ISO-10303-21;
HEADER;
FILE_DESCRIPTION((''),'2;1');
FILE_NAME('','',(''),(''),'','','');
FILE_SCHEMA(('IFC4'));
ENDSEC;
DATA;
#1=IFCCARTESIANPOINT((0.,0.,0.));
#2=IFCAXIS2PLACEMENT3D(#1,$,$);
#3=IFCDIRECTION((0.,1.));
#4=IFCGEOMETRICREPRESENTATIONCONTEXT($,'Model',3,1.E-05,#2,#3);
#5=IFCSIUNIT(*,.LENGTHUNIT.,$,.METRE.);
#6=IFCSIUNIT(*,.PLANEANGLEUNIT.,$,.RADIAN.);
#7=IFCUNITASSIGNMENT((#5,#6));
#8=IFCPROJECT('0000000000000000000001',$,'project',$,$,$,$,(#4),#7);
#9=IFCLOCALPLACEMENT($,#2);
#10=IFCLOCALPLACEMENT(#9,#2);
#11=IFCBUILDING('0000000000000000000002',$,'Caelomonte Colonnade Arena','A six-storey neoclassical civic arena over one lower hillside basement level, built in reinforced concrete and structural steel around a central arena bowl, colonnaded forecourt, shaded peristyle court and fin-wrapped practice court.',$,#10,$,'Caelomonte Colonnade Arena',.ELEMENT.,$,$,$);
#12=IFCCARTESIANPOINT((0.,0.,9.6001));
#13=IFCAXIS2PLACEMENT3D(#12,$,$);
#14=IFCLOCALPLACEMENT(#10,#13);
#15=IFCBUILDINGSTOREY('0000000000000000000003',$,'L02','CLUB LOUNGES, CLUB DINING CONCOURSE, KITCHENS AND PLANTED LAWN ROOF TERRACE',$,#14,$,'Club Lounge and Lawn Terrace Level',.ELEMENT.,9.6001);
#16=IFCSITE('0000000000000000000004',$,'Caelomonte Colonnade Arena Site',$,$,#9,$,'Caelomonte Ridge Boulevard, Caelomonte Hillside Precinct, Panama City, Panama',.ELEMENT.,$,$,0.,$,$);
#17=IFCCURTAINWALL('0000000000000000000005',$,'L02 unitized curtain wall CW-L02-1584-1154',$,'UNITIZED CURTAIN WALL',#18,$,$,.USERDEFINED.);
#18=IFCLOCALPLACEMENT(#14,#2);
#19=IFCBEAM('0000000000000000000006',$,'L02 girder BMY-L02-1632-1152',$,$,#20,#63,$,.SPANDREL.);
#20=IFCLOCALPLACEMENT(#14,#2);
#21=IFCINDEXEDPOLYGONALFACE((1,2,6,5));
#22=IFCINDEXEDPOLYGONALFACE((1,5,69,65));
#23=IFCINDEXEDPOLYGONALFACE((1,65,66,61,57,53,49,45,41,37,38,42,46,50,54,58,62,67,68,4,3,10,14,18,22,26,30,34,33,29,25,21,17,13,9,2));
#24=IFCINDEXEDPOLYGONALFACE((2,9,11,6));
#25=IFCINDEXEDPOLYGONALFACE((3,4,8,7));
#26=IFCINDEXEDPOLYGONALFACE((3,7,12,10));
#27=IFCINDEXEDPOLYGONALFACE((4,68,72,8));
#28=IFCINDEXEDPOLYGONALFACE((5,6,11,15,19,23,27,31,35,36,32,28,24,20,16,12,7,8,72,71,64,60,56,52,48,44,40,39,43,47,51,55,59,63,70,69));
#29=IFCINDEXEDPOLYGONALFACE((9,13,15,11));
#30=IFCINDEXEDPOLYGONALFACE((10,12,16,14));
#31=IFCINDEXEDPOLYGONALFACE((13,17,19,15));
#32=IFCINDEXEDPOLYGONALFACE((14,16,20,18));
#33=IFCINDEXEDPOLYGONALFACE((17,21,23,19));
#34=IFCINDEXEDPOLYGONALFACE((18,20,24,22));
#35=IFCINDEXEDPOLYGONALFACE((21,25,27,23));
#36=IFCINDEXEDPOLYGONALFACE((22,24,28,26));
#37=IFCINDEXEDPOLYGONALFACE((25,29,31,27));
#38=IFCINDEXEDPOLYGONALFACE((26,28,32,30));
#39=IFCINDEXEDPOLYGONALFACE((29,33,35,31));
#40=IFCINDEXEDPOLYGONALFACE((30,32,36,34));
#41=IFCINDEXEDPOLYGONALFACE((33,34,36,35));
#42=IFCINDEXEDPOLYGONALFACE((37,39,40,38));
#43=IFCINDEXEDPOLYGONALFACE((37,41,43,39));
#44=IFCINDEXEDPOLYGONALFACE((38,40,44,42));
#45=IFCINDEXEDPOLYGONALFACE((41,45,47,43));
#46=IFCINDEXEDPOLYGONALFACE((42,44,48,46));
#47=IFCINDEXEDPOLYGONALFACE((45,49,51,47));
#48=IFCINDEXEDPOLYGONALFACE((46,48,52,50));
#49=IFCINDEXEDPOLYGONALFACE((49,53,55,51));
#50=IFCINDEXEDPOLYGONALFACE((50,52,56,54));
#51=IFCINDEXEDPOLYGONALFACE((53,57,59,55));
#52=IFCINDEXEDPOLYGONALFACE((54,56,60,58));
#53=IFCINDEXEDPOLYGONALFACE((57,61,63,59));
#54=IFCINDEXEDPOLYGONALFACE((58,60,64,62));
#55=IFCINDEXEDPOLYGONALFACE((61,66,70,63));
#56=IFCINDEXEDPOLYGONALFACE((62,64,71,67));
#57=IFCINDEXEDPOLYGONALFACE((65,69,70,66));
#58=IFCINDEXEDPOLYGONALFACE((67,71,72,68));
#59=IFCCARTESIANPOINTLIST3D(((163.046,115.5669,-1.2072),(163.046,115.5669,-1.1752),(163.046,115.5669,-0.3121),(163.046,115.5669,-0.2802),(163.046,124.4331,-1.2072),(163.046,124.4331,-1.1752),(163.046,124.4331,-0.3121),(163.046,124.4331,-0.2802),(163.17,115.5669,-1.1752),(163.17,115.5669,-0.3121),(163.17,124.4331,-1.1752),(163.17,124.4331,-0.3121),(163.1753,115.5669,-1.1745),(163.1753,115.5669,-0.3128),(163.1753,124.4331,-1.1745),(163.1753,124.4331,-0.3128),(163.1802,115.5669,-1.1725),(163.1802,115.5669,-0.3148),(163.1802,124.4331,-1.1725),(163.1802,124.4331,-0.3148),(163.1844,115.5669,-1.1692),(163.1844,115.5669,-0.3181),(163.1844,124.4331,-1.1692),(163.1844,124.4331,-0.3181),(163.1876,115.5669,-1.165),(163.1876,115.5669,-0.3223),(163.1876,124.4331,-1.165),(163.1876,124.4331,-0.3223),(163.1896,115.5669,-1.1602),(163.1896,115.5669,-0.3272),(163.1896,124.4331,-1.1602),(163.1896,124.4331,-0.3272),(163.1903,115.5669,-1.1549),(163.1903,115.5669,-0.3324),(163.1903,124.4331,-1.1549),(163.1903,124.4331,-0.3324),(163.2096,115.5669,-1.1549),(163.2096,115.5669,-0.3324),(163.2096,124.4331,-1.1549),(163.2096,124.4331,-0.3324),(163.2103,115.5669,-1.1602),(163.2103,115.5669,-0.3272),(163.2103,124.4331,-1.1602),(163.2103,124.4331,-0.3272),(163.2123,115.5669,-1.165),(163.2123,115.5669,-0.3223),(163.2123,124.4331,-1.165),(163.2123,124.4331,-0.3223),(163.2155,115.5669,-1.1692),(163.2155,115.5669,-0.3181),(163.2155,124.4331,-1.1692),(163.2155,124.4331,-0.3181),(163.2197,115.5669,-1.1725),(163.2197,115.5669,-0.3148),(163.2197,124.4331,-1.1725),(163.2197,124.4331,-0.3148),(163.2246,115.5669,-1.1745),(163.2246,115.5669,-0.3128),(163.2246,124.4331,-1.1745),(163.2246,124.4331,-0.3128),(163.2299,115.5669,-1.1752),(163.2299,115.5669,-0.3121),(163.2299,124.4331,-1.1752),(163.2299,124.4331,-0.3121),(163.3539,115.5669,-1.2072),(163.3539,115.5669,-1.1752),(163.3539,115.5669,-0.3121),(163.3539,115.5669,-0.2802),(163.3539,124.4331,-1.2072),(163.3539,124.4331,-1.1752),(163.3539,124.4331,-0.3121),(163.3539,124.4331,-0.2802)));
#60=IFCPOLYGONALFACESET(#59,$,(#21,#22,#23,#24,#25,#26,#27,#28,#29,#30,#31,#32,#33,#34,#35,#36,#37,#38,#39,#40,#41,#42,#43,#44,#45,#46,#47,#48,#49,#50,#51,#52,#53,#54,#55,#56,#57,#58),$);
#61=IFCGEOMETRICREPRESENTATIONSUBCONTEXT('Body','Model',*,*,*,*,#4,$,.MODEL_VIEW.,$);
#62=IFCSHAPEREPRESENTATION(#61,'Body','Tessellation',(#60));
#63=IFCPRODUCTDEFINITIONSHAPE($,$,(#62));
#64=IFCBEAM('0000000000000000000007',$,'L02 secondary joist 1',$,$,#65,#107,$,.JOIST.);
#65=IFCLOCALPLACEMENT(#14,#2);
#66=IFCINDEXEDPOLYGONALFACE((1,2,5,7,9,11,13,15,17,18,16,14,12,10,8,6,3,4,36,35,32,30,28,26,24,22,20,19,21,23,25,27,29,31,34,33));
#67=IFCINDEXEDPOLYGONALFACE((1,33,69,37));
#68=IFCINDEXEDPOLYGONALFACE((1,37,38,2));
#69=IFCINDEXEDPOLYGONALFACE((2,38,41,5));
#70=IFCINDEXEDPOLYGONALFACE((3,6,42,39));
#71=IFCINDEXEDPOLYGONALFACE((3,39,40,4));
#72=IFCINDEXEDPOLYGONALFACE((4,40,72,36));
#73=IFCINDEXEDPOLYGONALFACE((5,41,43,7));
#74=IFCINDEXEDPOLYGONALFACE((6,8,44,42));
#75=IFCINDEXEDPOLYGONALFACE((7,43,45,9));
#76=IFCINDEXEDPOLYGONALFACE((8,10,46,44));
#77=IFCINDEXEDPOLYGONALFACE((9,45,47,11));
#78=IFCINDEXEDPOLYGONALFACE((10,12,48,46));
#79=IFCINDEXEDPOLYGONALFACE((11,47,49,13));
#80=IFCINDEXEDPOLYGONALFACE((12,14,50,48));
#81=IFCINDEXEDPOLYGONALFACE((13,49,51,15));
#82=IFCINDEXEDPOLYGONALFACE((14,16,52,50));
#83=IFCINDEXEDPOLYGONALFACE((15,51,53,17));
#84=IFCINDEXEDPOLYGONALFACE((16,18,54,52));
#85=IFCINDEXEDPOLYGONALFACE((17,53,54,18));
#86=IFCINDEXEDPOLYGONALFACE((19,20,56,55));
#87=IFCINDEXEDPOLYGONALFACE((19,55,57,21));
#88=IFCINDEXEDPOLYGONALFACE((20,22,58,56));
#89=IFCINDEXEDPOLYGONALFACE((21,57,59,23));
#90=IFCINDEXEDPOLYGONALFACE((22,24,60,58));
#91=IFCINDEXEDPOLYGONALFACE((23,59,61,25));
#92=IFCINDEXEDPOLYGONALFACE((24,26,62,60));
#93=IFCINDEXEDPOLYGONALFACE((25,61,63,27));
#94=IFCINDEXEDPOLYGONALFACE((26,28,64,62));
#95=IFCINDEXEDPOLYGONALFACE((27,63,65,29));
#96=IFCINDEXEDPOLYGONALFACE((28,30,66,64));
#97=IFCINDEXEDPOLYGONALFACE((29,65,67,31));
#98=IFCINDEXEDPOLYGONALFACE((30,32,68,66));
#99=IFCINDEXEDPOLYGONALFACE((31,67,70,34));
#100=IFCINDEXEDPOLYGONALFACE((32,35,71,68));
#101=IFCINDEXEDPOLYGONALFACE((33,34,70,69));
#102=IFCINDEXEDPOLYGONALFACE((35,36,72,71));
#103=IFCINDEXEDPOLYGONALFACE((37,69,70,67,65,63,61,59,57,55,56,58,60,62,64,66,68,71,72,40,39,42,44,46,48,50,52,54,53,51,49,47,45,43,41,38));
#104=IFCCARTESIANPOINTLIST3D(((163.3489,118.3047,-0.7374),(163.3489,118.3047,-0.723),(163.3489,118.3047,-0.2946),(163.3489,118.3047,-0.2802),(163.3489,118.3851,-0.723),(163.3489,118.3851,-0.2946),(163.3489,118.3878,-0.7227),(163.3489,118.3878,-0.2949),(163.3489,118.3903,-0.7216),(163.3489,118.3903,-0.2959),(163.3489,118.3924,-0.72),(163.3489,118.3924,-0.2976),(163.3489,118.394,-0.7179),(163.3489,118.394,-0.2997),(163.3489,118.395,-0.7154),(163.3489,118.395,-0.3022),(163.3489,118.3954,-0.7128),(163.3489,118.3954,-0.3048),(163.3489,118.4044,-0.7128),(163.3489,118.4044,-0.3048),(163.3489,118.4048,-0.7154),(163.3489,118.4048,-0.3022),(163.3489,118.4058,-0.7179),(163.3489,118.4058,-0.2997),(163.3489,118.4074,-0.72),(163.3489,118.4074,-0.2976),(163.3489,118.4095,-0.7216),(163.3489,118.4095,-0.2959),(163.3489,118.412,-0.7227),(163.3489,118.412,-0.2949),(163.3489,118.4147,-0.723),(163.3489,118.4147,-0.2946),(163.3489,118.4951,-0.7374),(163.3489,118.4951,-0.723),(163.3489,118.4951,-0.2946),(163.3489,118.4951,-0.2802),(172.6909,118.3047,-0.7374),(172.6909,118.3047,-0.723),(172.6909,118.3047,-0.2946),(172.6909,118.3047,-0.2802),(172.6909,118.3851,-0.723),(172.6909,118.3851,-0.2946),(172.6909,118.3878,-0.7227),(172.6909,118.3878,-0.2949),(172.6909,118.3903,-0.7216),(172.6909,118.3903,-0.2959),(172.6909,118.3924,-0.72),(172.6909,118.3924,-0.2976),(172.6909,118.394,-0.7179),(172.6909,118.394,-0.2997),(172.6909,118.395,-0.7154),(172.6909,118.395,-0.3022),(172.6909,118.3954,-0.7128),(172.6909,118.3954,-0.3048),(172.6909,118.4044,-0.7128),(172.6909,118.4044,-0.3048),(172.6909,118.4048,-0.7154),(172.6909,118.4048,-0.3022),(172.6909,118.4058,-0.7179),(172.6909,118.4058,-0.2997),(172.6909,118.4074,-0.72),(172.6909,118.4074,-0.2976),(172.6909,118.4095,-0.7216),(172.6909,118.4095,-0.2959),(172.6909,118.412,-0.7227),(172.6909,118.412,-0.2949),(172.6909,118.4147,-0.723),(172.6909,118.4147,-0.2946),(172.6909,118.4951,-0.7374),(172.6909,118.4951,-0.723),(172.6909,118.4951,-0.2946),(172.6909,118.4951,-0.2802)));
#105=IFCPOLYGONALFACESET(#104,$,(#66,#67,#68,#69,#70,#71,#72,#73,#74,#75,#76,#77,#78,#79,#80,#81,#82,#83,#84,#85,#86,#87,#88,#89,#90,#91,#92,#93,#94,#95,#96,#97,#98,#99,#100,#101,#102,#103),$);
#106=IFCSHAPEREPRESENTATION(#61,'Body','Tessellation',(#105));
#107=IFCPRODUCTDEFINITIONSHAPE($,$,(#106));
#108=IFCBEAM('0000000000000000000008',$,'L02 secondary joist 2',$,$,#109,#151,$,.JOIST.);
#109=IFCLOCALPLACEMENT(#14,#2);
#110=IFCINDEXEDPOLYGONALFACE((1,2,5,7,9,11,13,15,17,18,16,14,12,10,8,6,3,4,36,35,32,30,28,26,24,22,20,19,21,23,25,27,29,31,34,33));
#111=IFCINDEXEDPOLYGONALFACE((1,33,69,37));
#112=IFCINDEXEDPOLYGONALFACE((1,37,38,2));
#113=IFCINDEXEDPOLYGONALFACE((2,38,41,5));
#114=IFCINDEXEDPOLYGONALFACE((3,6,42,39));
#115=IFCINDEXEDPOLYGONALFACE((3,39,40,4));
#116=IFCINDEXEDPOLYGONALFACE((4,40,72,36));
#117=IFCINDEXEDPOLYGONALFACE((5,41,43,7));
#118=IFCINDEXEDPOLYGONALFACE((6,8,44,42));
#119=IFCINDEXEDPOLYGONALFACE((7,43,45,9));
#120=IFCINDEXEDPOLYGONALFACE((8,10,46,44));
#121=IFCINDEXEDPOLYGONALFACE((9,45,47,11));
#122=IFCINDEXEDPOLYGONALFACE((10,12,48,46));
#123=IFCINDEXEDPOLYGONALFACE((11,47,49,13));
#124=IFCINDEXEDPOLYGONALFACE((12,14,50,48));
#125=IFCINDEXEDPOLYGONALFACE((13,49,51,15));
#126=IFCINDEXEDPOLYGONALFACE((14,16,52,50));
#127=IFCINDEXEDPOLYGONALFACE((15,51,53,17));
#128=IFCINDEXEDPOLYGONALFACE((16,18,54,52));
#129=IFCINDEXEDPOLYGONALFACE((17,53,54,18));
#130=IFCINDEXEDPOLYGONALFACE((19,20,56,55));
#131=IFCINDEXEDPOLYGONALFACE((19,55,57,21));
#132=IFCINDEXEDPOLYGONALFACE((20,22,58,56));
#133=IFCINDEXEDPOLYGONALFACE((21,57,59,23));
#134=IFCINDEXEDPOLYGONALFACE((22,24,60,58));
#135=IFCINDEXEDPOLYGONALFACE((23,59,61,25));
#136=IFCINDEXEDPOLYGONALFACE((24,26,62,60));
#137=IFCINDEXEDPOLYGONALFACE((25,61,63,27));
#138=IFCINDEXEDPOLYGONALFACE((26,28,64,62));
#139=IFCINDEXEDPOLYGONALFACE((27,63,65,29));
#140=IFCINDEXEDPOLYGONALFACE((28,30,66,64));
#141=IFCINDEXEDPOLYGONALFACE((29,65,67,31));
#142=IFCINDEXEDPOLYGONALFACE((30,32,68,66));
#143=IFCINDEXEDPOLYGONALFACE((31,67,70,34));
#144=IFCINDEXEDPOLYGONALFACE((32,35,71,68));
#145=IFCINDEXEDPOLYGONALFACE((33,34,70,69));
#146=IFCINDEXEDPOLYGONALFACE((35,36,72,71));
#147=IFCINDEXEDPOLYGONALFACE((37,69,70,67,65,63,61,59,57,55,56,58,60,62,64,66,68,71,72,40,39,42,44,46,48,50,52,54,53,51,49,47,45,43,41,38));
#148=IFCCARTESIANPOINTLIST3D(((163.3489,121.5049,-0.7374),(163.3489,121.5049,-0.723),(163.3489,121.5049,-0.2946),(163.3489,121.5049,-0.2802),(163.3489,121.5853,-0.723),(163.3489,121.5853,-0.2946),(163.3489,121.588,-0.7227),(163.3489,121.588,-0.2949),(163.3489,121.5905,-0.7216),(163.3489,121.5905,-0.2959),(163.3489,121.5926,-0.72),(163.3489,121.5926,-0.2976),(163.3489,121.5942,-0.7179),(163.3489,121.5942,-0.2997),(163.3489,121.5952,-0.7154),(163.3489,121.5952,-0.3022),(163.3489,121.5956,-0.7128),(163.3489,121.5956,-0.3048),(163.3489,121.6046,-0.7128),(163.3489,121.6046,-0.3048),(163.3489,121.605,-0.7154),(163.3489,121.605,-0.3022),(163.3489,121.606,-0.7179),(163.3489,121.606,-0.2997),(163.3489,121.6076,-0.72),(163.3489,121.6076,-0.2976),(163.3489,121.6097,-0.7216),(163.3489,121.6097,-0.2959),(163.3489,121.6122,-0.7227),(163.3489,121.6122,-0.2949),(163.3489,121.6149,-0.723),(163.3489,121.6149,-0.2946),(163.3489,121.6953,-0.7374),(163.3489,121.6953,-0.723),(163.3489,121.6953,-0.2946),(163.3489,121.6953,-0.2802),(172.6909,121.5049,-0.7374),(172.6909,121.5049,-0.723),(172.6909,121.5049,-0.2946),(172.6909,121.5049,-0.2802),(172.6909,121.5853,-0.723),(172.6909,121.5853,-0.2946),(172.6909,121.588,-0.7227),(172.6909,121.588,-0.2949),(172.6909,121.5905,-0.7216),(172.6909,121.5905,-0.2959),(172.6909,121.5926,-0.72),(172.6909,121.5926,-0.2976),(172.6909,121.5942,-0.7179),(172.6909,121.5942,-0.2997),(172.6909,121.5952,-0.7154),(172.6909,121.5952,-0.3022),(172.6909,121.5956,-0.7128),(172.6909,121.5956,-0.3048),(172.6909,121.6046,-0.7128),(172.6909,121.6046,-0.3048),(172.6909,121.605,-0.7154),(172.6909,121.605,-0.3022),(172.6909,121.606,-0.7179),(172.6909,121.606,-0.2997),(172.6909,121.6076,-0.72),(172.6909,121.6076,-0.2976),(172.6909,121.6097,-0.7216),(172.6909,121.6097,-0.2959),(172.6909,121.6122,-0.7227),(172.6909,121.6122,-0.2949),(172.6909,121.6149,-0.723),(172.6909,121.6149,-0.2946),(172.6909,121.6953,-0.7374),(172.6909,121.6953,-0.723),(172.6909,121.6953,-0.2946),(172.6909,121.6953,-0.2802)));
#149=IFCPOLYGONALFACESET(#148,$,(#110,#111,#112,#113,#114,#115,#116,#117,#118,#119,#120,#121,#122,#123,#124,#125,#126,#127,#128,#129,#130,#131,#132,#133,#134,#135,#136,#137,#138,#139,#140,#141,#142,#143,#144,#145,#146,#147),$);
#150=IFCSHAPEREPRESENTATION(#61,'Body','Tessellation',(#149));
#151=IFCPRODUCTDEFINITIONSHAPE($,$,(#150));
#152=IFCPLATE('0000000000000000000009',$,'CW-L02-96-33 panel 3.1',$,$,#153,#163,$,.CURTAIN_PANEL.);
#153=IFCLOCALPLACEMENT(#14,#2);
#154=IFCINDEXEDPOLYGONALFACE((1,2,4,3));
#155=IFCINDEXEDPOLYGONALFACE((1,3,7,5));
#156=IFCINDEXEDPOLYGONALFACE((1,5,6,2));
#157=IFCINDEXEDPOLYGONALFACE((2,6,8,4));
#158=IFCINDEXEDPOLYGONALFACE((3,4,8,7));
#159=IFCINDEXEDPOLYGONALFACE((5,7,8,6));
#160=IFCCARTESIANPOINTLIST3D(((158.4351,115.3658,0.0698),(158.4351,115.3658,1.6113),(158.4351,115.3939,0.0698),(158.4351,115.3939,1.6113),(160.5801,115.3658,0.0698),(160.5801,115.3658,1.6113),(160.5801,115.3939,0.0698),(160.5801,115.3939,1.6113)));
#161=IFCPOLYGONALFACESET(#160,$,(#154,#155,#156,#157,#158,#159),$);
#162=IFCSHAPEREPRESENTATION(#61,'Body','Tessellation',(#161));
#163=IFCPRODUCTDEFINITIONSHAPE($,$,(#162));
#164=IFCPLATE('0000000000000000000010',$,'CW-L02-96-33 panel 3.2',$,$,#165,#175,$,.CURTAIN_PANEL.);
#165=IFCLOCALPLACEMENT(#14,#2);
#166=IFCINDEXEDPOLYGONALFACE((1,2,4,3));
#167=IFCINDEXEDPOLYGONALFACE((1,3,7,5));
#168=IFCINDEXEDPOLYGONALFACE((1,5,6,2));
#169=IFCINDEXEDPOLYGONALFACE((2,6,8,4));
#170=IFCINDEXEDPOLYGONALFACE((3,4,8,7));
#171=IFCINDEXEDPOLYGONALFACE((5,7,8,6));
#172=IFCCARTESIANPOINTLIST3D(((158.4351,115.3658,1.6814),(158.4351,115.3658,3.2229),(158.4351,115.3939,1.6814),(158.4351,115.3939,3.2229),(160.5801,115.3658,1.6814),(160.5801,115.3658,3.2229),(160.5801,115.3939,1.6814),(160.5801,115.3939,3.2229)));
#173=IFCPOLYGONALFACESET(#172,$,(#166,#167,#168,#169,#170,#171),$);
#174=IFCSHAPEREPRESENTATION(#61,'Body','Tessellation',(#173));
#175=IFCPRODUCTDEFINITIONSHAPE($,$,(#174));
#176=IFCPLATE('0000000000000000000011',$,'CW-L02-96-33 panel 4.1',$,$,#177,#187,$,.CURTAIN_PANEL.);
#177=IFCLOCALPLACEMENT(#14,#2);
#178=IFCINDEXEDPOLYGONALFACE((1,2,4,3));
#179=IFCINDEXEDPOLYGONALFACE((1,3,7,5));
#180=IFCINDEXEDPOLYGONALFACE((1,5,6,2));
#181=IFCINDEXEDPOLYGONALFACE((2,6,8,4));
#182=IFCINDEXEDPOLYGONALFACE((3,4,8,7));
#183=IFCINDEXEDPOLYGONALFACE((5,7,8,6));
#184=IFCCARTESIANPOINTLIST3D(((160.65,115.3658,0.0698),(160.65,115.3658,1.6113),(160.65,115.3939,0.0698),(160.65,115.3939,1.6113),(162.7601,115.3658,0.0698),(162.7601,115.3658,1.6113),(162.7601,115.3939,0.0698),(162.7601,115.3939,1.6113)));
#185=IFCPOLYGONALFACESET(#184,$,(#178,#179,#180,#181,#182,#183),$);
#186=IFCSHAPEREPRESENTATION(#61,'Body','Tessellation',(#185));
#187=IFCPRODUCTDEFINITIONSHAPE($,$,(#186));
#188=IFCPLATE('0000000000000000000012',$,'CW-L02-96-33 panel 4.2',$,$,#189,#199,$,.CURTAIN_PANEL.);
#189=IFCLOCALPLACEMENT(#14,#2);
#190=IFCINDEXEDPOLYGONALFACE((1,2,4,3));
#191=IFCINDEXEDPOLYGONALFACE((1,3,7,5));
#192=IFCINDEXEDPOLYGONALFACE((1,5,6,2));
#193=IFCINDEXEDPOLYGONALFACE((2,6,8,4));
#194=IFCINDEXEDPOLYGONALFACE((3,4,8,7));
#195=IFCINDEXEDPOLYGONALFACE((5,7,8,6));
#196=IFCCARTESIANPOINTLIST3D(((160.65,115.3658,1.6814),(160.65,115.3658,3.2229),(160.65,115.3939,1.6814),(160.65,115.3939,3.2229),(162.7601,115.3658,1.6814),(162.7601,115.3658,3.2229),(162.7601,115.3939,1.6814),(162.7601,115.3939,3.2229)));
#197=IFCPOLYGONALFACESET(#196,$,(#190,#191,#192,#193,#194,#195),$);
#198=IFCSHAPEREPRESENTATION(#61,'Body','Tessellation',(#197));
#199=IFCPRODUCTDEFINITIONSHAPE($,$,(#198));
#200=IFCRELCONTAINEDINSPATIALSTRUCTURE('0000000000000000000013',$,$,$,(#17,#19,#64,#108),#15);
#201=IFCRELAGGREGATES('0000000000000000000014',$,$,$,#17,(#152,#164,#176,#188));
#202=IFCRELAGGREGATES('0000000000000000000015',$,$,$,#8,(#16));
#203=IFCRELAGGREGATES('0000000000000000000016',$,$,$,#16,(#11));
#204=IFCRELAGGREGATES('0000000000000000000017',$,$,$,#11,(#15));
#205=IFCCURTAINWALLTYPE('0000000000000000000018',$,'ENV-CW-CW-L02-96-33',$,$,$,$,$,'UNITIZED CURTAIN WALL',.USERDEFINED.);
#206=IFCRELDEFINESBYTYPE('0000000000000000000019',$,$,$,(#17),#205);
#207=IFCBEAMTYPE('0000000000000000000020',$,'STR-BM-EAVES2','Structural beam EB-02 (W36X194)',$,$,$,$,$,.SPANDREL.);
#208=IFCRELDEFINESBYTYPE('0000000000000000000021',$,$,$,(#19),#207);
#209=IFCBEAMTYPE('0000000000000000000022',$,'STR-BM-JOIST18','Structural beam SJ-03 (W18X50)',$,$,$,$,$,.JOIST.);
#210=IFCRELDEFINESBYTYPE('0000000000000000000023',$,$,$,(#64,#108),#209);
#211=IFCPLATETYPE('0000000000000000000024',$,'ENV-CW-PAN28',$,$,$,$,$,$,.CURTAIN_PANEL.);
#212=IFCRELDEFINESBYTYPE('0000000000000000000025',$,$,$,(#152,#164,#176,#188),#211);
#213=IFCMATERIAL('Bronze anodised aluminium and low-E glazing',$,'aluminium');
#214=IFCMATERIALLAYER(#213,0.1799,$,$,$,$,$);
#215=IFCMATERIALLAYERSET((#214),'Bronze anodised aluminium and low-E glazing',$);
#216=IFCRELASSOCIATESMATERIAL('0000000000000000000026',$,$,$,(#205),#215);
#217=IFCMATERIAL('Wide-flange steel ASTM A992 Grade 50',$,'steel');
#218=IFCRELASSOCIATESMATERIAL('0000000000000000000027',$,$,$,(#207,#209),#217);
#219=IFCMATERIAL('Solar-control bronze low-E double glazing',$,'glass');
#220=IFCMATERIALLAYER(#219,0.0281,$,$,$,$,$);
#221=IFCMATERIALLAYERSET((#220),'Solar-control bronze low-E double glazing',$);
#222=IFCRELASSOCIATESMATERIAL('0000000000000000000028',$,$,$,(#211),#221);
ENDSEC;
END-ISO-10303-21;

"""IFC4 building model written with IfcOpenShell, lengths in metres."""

from ifc_helpers import new_model, si_unit, direction, frame, origin, origin_2d, place, context, subcontext, project, spatial, rectangle, i_section, extrude, material, layer, layer_set, material_profile, profile_set, type_object, element, aggregate, save


model = new_model("IFC4")

# Units and contexts
model_context = context("Model", 3, precision=1e-05, world=origin(), true_north=direction((0.0, 1.0)))
body_context = subcontext(model_context, "Body", "Model", "MODEL_VIEW")
ifc_project = project(units=[si_unit("LENGTHUNIT", "METRE"), si_unit("PLANEANGLEUNIT", "RADIAN")], contexts=[model_context])

# Site, building, storey
site_placement = place(None, origin())
site = spatial("IfcSite", under=ifc_project, at=site_placement, Name="Caelomonte Colonnade Arena Site", LongName="Caelomonte Ridge Boulevard, Caelomonte Hillside Precinct, Panama City, Panama", CompositionType="ELEMENT", RefElevation=0.0)
building_placement = place(site_placement, origin())
building = spatial("IfcBuilding", under=site, at=building_placement, Name="Caelomonte Colonnade Arena", Description="A six-storey neoclassical civic arena over one lower hillside basement level, built in reinforced concrete and structural steel around a central arena bowl, colonnaded forecourt, shaded peristyle court and fin-wrapped practice court.", LongName="Caelomonte Colonnade Arena", CompositionType="ELEMENT")
storey_placement = place(building_placement, frame((0.0, 0.0, 9.6001)))
storey = spatial("IfcBuildingStorey", under=building, at=storey_placement, Name="L02", Description="CLUB LOUNGES, CLUB DINING CONCOURSE, KITCHENS AND PLANTED LAWN ROOF TERRACE", LongName="Club Lounge and Lawn Terrace Level", CompositionType="ELEMENT", Elevation=9.6001)

# Curtain wall
ifc_material_1 = material(Name="Bronze anodised aluminium and low-E glazing", Category="aluminium")
ifc_layer_1 = layer(ifc_material_1, 0.1799)
ifc_layer_set_1 = layer_set([ifc_layer_1], Name="Bronze anodised aluminium and low-E glazing")
curtain_wall_type = type_object("IfcCurtainWallType", Name="ENV-CW-CW-L02-96-33", ElementType="UNITIZED CURTAIN WALL", PredefinedType="USERDEFINED", material=ifc_layer_set_1)
curtain_wall_1_placement = place(storey_placement, origin())
curtain_wall_1 = element("IfcCurtainWall", 1, at=curtain_wall_1_placement, inside=storey, type_object=curtain_wall_type, Name="L02 unitized curtain wall CW-L02-1584-1154", ObjectType="UNITIZED CURTAIN WALL", PredefinedType="USERDEFINED")

# Beams
ifc_material_2 = material(Name="Wide-flange steel ASTM A992 Grade 50", Category="steel")
ifc_material_profile_1 = material_profile(ifc_material_2, i_section(OverallWidth=0.3079, OverallDepth=0.927, WebThickness=0.0193, FlangeThickness=0.032, FilletRadius=0.0203, at=origin_2d()), Name="W36X194")
ifc_profile_set_1 = profile_set([ifc_material_profile_1], Name="Wide-flange steel ASTM A992 Grade 50")
beam_type_1 = type_object("IfcBeamType", Name="STR-BM-EAVES2", Description="Structural beam EB-02 (W36X194)", PredefinedType="SPANDREL", material=ifc_profile_set_1)
for number, where, z_axis, x_axis, name in (
    (2, (163.2, 115.5669, -0.7437), (0.0, 1.0, 0.0), (-1.0, 0.0, 0.0), "L02 girder BMY-L02-1632-1152"),
):
    element("IfcBeam", number, at=place(storey_placement, frame(where, z_axis=z_axis, x_axis=x_axis)), inside=storey, type_object=beam_type_1, Name=name, PredefinedType="SPANDREL", context=body_context, shape_type="SweptSolid", body=[
        extrude(i_section(OverallWidth=0.3079, OverallDepth=0.927, WebThickness=0.0193, FlangeThickness=0.032, FilletRadius=0.0203, at=origin_2d()), origin(), (0.0, 0.0, 1.0), 8.8662),
    ])
ifc_material_profile_2 = material_profile(ifc_material_2, i_section(OverallWidth=0.1904, OverallDepth=0.4573, WebThickness=0.009, FlangeThickness=0.0144, FilletRadius=0.0103, at=origin_2d()), Name="W18X50")
ifc_profile_set_2 = profile_set([ifc_material_profile_2], Name="Wide-flange steel ASTM A992 Grade 50")
beam_type_2 = type_object("IfcBeamType", Name="STR-BM-JOIST18", Description="Structural beam SJ-03 (W18X50)", PredefinedType="JOIST", material=ifc_profile_set_2)
for number, where, z_axis, x_axis, name in (
    (3, (163.3489, 118.3999, -0.5088), (1.0, 0.0, 0.0), (0.0, 1.0, 0.0), "L02 secondary joist 1"),
    (4, (163.3489, 121.6001, -0.5088), (1.0, 0.0, 0.0), (0.0, 1.0, 0.0), "L02 secondary joist 2"),
):
    element("IfcBeam", number, at=place(storey_placement, frame(where, z_axis=z_axis, x_axis=x_axis)), inside=storey, type_object=beam_type_2, Name=name, PredefinedType="JOIST", context=body_context, shape_type="SweptSolid", body=[
        extrude(i_section(OverallWidth=0.1904, OverallDepth=0.4573, WebThickness=0.009, FlangeThickness=0.0144, FilletRadius=0.0103, at=origin_2d()), origin(), (0.0, 0.0, 1.0), 9.342),
    ])

# Plates
ifc_material_3 = material(Name="Solar-control bronze low-E double glazing", Category="glass")
ifc_layer_2 = layer(ifc_material_3, 0.0281)
ifc_layer_set_2 = layer_set([ifc_layer_2], Name="Solar-control bronze low-E double glazing")
plate_type = type_object("IfcPlateType", Name="ENV-CW-PAN28", PredefinedType="CURTAIN_PANEL", material=ifc_layer_set_2)
plate_1_placement = place(storey_placement, frame((159.5076, 115.3799, 0.0698), z_axis=(0.0, 0.0, 1.0), x_axis=(1.0, 0.0, 0.0)))
plate_1 = element("IfcPlate", 5, at=plate_1_placement, type_object=plate_type, Name="CW-L02-96-33 panel 3.1", PredefinedType="CURTAIN_PANEL", context=body_context, shape_type="SweptSolid", body=[
    extrude(rectangle(XDim=2.145, YDim=0.0281, at=origin_2d()), origin(), (0.0, 0.0, 1.0), 1.5415),
])
plate_2_placement = place(storey_placement, frame((159.5076, 115.3799, 1.6814), z_axis=(0.0, 0.0, 1.0), x_axis=(1.0, 0.0, 0.0)))
plate_2 = element("IfcPlate", 6, at=plate_2_placement, type_object=plate_type, Name="CW-L02-96-33 panel 3.2", PredefinedType="CURTAIN_PANEL", context=body_context, shape_type="SweptSolid", body=[
    extrude(rectangle(XDim=2.145, YDim=0.0281, at=origin_2d()), origin(), (0.0, 0.0, 1.0), 1.5415),
])
plate_3_placement = place(storey_placement, frame((161.7051, 115.3799, 0.0698), z_axis=(0.0, 0.0, 1.0), x_axis=(1.0, 0.0, 0.0)))
plate_3 = element("IfcPlate", 7, at=plate_3_placement, type_object=plate_type, Name="CW-L02-96-33 panel 4.1", PredefinedType="CURTAIN_PANEL", context=body_context, shape_type="SweptSolid", body=[
    extrude(rectangle(XDim=2.1101, YDim=0.0281, at=origin_2d()), origin(), (0.0, 0.0, 1.0), 1.5415),
])
plate_4_placement = place(storey_placement, frame((161.7051, 115.3799, 1.6814), z_axis=(0.0, 0.0, 1.0), x_axis=(1.0, 0.0, 0.0)))
plate_4 = element("IfcPlate", 8, at=plate_4_placement, type_object=plate_type, Name="CW-L02-96-33 panel 4.2", PredefinedType="CURTAIN_PANEL", context=body_context, shape_type="SweptSolid", body=[
    extrude(rectangle(XDim=2.1101, YDim=0.0281, at=origin_2d()), origin(), (0.0, 0.0, 1.0), 1.5415),
])
aggregate(curtain_wall_1, [plate_1, plate_2, plate_3, plate_4])

save(model, "model.ifc")
